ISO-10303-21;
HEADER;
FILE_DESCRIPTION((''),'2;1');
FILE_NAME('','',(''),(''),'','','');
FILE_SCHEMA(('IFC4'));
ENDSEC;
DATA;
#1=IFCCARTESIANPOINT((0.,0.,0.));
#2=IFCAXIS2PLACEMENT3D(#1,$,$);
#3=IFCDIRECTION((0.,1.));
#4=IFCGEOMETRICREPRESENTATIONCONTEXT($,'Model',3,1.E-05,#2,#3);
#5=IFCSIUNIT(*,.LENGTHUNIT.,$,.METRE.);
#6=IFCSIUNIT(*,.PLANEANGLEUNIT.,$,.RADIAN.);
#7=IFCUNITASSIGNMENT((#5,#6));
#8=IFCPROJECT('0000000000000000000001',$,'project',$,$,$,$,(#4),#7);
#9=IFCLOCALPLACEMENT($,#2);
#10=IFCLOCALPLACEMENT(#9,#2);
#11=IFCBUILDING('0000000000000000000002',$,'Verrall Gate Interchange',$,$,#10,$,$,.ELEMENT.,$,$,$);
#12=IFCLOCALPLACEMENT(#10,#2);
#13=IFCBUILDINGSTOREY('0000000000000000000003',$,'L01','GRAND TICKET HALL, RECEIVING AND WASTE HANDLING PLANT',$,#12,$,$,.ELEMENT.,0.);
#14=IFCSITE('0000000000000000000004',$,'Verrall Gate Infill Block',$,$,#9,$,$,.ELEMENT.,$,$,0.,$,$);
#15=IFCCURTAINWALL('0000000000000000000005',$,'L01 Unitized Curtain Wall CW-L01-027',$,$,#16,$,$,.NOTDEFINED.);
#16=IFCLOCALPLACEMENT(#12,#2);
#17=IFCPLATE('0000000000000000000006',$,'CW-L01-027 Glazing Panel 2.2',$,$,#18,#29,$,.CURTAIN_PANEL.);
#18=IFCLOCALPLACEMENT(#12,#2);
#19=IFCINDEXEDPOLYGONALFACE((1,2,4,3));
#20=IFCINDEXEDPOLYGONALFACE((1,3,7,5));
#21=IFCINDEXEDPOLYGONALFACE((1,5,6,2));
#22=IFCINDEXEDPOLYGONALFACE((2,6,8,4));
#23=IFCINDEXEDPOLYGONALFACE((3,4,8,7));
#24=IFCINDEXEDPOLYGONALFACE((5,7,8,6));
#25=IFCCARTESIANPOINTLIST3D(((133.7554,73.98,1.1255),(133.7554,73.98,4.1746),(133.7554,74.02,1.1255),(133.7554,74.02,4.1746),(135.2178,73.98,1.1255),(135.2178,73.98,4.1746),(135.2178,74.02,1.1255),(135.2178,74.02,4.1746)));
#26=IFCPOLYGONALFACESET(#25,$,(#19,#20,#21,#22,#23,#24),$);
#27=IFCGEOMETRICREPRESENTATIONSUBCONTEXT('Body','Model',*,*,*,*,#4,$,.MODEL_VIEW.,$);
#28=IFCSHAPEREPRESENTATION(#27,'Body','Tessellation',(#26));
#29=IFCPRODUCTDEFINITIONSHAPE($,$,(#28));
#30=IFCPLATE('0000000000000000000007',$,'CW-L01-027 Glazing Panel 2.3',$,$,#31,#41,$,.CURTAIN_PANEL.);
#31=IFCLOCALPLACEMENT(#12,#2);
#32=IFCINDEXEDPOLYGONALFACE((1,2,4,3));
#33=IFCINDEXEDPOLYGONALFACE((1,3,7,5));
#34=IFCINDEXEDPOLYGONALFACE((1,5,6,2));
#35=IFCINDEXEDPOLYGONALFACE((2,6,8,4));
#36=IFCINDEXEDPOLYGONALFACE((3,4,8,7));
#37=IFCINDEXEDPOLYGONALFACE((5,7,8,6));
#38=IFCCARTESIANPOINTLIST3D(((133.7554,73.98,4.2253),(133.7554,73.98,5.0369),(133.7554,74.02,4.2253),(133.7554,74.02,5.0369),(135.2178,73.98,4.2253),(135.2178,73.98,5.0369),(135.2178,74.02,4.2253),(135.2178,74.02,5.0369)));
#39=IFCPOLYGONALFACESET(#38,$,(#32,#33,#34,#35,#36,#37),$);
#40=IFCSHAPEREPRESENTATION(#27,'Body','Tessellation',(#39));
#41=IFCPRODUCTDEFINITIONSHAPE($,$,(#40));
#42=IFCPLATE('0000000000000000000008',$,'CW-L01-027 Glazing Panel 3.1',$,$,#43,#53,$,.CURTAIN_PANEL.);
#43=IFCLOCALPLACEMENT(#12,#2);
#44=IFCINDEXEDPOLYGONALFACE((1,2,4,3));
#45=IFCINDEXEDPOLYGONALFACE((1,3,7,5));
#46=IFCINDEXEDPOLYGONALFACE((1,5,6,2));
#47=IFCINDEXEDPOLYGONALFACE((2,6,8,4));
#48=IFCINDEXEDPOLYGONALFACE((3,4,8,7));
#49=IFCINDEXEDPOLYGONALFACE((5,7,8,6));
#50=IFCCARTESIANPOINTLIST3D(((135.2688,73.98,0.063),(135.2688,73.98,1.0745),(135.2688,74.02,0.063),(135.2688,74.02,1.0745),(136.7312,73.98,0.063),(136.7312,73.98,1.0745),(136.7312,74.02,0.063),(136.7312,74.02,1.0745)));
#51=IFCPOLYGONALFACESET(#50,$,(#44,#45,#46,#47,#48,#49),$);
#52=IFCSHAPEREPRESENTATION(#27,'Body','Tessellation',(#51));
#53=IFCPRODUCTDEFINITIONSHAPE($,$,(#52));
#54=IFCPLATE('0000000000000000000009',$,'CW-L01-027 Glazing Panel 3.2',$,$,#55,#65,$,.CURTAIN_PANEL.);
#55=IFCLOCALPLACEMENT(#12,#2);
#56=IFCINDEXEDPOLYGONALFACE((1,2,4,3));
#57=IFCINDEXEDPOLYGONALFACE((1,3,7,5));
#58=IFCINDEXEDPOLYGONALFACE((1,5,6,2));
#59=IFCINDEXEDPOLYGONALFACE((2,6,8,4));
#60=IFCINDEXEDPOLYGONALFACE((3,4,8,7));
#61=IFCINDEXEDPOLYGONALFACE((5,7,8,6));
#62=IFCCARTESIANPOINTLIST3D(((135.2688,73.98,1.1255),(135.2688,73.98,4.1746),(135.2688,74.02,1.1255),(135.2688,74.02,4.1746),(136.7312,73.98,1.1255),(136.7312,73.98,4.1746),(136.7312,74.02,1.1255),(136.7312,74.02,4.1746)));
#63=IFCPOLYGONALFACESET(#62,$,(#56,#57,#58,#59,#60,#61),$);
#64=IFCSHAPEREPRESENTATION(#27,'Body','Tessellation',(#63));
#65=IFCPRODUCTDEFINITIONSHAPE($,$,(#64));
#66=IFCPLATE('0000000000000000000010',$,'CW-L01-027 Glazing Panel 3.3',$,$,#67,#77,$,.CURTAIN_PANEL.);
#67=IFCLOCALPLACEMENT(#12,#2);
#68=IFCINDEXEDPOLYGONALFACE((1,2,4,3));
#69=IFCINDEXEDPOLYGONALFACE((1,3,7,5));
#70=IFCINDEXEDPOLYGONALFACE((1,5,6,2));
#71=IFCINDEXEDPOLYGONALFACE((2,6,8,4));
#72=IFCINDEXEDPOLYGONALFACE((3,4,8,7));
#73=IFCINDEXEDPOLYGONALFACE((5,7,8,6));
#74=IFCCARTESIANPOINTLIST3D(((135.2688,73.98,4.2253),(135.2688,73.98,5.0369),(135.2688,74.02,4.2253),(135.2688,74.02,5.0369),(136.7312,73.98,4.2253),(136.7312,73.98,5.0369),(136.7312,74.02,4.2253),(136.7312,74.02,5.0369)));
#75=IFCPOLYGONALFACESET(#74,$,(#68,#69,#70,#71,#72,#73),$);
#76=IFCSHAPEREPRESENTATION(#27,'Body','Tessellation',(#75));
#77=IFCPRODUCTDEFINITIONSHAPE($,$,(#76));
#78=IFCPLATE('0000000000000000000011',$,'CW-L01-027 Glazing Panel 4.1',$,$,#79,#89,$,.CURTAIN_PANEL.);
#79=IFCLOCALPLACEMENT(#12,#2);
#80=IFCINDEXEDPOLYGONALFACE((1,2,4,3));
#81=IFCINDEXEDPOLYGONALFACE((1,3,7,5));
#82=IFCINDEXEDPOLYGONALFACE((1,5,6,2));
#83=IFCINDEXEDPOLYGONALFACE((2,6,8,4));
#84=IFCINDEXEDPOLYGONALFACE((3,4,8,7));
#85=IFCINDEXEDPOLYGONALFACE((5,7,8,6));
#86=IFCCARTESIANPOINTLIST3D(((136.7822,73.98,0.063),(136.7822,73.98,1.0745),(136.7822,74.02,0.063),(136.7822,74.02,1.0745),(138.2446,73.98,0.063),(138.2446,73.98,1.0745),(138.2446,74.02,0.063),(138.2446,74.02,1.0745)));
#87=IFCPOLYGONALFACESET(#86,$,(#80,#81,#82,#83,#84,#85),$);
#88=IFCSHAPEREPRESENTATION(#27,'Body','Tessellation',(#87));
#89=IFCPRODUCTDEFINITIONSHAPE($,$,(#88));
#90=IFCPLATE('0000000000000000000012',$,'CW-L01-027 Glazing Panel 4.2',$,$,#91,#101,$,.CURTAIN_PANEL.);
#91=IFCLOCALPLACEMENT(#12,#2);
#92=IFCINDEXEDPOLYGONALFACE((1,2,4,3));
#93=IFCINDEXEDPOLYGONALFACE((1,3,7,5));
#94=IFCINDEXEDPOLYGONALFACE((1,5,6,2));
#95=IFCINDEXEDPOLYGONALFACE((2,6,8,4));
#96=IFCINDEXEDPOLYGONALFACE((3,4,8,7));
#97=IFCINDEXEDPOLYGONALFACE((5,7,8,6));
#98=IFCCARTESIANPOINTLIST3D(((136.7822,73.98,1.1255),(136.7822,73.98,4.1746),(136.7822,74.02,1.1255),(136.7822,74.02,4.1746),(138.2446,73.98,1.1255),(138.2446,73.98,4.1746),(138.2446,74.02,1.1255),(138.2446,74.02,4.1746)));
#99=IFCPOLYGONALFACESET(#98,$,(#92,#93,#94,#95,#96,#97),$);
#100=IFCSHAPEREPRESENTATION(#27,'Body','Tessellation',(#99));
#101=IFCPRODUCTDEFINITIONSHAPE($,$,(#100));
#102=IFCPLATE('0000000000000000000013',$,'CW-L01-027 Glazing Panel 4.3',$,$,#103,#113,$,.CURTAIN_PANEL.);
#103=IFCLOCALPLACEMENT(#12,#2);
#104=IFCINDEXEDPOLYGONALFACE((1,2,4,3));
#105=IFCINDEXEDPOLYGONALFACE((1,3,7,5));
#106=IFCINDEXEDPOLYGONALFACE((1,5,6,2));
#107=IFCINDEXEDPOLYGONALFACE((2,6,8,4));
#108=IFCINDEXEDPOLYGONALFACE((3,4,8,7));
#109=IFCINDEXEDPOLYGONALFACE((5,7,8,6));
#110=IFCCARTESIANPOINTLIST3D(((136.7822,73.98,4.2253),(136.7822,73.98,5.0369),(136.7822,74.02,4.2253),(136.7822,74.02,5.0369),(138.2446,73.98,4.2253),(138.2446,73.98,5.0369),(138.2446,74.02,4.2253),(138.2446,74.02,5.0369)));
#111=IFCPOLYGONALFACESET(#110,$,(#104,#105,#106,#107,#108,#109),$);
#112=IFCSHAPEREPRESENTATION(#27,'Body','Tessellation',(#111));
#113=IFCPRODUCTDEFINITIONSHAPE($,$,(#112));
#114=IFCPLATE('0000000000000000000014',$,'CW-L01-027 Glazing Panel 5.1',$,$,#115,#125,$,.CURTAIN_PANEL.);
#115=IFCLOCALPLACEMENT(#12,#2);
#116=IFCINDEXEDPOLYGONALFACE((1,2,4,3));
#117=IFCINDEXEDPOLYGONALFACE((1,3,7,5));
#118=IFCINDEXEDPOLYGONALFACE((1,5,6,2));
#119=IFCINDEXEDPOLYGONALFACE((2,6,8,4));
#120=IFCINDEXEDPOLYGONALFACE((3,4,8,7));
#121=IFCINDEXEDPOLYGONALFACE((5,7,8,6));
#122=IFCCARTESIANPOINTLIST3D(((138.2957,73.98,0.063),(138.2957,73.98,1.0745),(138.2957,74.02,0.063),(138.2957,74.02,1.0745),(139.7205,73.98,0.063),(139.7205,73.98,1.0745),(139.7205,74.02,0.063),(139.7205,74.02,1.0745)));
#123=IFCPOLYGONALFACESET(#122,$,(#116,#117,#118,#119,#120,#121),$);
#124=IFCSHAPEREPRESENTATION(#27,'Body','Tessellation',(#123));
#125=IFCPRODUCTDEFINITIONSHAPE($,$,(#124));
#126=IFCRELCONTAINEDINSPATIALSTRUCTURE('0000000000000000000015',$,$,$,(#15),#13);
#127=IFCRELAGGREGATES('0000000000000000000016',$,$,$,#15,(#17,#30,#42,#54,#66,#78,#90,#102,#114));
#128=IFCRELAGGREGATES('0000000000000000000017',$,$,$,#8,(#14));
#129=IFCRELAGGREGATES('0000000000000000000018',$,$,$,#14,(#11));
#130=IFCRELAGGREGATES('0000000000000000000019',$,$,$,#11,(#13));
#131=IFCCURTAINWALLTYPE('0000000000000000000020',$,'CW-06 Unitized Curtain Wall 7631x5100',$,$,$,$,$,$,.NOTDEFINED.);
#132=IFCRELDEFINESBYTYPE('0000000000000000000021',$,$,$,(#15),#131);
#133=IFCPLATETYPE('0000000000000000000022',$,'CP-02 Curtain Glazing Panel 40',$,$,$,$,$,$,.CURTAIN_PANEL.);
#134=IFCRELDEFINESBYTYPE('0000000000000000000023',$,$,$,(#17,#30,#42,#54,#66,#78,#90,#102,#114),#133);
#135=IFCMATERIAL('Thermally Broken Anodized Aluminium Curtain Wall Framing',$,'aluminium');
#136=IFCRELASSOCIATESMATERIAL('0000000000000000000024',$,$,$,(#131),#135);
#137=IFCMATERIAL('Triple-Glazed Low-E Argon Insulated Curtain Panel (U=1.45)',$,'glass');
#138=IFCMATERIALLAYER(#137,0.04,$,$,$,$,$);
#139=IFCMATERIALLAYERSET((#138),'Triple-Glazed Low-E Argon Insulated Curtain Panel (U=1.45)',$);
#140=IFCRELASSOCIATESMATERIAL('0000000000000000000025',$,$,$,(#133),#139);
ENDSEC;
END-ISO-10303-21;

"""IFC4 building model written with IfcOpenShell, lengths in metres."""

from ifc_helpers import new_model, si_unit, direction, frame, origin, origin_2d, place, context, subcontext, project, spatial, rectangle, extrude, material, layer, layer_set, type_object, element, aggregate, save


model = new_model("IFC4")

# Units and contexts
model_context = context("Model", 3, precision=1e-05, world=origin(), true_north=direction((0.0, 1.0)))
body_context = subcontext(model_context, "Body", "Model", "MODEL_VIEW")
ifc_project = project(units=[si_unit("LENGTHUNIT", "METRE"), si_unit("PLANEANGLEUNIT", "RADIAN")], contexts=[model_context])

# Site, building, storey
site_placement = place(None, origin())
site = spatial("IfcSite", under=ifc_project, at=site_placement, Name="Verrall Gate Infill Block", CompositionType="ELEMENT", RefElevation=0.0)
building_placement = place(site_placement, origin())
building = spatial("IfcBuilding", under=site, at=building_placement, Name="Verrall Gate Interchange", CompositionType="ELEMENT")
storey_placement = place(building_placement, origin())
storey = spatial("IfcBuildingStorey", under=building, at=storey_placement, Name="L01", Description="GRAND TICKET HALL, RECEIVING AND WASTE HANDLING PLANT", CompositionType="ELEMENT", Elevation=0.0)

# Curtain wall, plates
ifc_material_1 = material(Name="Thermally Broken Anodized Aluminium Curtain Wall Framing", Category="aluminium")
curtain_wall_type = type_object("IfcCurtainWallType", Name="CW-06 Unitized Curtain Wall 7631x5100", PredefinedType="NOTDEFINED", material=ifc_material_1)
curtain_wall_placement = place(storey_placement, origin())
curtain_wall = element("IfcCurtainWall", 1, at=curtain_wall_placement, inside=storey, type_object=curtain_wall_type, Name="L01 Unitized Curtain Wall CW-L01-027", PredefinedType="NOTDEFINED")
ifc_material_2 = material(Name="Triple-Glazed Low-E Argon Insulated Curtain Panel (U=1.45)", Category="glass")
ifc_layer = layer(ifc_material_2, 0.04)
ifc_layer_set = layer_set([ifc_layer], Name="Triple-Glazed Low-E Argon Insulated Curtain Panel (U=1.45)")
plate_type = type_object("IfcPlateType", Name="CP-02 Curtain Glazing Panel 40", PredefinedType="CURTAIN_PANEL", material=ifc_layer_set)
plate_1_placement = place(storey_placement, frame((134.4866, 74.0, 1.1255), z_axis=(0.0, 0.0, 1.0), x_axis=(1.0, 0.0, 0.0)))
plate_1 = element("IfcPlate", 2, at=plate_1_placement, type_object=plate_type, Name="CW-L01-027 Glazing Panel 2.2", PredefinedType="CURTAIN_PANEL", context=body_context, shape_type="SweptSolid", body=[
    extrude(rectangle(XDim=1.4624, YDim=0.04, at=origin_2d()), origin(), (0.0, 0.0, 1.0), 3.0491),
])
plate_2_placement = place(storey_placement, frame((134.4866, 74.0, 4.2253), z_axis=(0.0, 0.0, 1.0), x_axis=(1.0, 0.0, 0.0)))
plate_2 = element("IfcPlate", 3, at=plate_2_placement, type_object=plate_type, Name="CW-L01-027 Glazing Panel 2.3", PredefinedType="CURTAIN_PANEL", context=body_context, shape_type="SweptSolid", body=[
    extrude(rectangle(XDim=1.4624, YDim=0.04, at=origin_2d()), origin(), (0.0, 0.0, 1.0), 0.8115),
])
plate_3_placement = place(storey_placement, frame((136.0, 74.0, 0.063), z_axis=(0.0, 0.0, 1.0), x_axis=(1.0, 0.0, 0.0)))
plate_3 = element("IfcPlate", 4, at=plate_3_placement, type_object=plate_type, Name="CW-L01-027 Glazing Panel 3.1", PredefinedType="CURTAIN_PANEL", context=body_context, shape_type="SweptSolid", body=[
    extrude(rectangle(XDim=1.4624, YDim=0.04, at=origin_2d()), origin(), (0.0, 0.0, 1.0), 1.0115),
])
plate_4_placement = place(storey_placement, frame((136.0, 74.0, 1.1255), z_axis=(0.0, 0.0, 1.0), x_axis=(1.0, 0.0, 0.0)))
plate_4 = element("IfcPlate", 5, at=plate_4_placement, type_object=plate_type, Name="CW-L01-027 Glazing Panel 3.2", PredefinedType="CURTAIN_PANEL", context=body_context, shape_type="SweptSolid", body=[
    extrude(rectangle(XDim=1.4624, YDim=0.04, at=origin_2d()), origin(), (0.0, 0.0, 1.0), 3.0491),
])
plate_5_placement = place(storey_placement, frame((136.0, 74.0, 4.2253), z_axis=(0.0, 0.0, 1.0), x_axis=(1.0, 0.0, 0.0)))
plate_5 = element("IfcPlate", 6, at=plate_5_placement, type_object=plate_type, Name="CW-L01-027 Glazing Panel 3.3", PredefinedType="CURTAIN_PANEL", context=body_context, shape_type="SweptSolid", body=[
    extrude(rectangle(XDim=1.4624, YDim=0.04, at=origin_2d()), origin(), (0.0, 0.0, 1.0), 0.8115),
])
plate_6_placement = place(storey_placement, frame((137.5134, 74.0, 0.063), z_axis=(0.0, 0.0, 1.0), x_axis=(1.0, 0.0, 0.0)))
plate_6 = element("IfcPlate", 7, at=plate_6_placement, type_object=plate_type, Name="CW-L01-027 Glazing Panel 4.1", PredefinedType="CURTAIN_PANEL", context=body_context, shape_type="SweptSolid", body=[
    extrude(rectangle(XDim=1.4624, YDim=0.04, at=origin_2d()), origin(), (0.0, 0.0, 1.0), 1.0115),
])
plate_7_placement = place(storey_placement, frame((137.5134, 74.0, 1.1255), z_axis=(0.0, 0.0, 1.0), x_axis=(1.0, 0.0, 0.0)))
plate_7 = element("IfcPlate", 8, at=plate_7_placement, type_object=plate_type, Name="CW-L01-027 Glazing Panel 4.2", PredefinedType="CURTAIN_PANEL", context=body_context, shape_type="SweptSolid", body=[
    extrude(rectangle(XDim=1.4624, YDim=0.04, at=origin_2d()), origin(), (0.0, 0.0, 1.0), 3.0491),
])
plate_8_placement = place(storey_placement, frame((137.5134, 74.0, 4.2253), z_axis=(0.0, 0.0, 1.0), x_axis=(1.0, 0.0, 0.0)))
plate_8 = element("IfcPlate", 9, at=plate_8_placement, type_object=plate_type, Name="CW-L01-027 Glazing Panel 4.3", PredefinedType="CURTAIN_PANEL", context=body_context, shape_type="SweptSolid", body=[
    extrude(rectangle(XDim=1.4624, YDim=0.04, at=origin_2d()), origin(), (0.0, 0.0, 1.0), 0.8115),
])
plate_9_placement = place(storey_placement, frame((139.0081, 74.0, 0.063), z_axis=(0.0, 0.0, 1.0), x_axis=(1.0, 0.0, 0.0)))
plate_9 = element("IfcPlate", 10, at=plate_9_placement, type_object=plate_type, Name="CW-L01-027 Glazing Panel 5.1", PredefinedType="CURTAIN_PANEL", context=body_context, shape_type="SweptSolid", body=[
    extrude(rectangle(XDim=1.4248, YDim=0.04, at=origin_2d()), origin(), (0.0, 0.0, 1.0), 1.0115),
])
aggregate(curtain_wall, [plate_1, plate_2, plate_3, plate_4, plate_5, plate_6, plate_7, plate_8, plate_9])

save(model, "model.ifc")
